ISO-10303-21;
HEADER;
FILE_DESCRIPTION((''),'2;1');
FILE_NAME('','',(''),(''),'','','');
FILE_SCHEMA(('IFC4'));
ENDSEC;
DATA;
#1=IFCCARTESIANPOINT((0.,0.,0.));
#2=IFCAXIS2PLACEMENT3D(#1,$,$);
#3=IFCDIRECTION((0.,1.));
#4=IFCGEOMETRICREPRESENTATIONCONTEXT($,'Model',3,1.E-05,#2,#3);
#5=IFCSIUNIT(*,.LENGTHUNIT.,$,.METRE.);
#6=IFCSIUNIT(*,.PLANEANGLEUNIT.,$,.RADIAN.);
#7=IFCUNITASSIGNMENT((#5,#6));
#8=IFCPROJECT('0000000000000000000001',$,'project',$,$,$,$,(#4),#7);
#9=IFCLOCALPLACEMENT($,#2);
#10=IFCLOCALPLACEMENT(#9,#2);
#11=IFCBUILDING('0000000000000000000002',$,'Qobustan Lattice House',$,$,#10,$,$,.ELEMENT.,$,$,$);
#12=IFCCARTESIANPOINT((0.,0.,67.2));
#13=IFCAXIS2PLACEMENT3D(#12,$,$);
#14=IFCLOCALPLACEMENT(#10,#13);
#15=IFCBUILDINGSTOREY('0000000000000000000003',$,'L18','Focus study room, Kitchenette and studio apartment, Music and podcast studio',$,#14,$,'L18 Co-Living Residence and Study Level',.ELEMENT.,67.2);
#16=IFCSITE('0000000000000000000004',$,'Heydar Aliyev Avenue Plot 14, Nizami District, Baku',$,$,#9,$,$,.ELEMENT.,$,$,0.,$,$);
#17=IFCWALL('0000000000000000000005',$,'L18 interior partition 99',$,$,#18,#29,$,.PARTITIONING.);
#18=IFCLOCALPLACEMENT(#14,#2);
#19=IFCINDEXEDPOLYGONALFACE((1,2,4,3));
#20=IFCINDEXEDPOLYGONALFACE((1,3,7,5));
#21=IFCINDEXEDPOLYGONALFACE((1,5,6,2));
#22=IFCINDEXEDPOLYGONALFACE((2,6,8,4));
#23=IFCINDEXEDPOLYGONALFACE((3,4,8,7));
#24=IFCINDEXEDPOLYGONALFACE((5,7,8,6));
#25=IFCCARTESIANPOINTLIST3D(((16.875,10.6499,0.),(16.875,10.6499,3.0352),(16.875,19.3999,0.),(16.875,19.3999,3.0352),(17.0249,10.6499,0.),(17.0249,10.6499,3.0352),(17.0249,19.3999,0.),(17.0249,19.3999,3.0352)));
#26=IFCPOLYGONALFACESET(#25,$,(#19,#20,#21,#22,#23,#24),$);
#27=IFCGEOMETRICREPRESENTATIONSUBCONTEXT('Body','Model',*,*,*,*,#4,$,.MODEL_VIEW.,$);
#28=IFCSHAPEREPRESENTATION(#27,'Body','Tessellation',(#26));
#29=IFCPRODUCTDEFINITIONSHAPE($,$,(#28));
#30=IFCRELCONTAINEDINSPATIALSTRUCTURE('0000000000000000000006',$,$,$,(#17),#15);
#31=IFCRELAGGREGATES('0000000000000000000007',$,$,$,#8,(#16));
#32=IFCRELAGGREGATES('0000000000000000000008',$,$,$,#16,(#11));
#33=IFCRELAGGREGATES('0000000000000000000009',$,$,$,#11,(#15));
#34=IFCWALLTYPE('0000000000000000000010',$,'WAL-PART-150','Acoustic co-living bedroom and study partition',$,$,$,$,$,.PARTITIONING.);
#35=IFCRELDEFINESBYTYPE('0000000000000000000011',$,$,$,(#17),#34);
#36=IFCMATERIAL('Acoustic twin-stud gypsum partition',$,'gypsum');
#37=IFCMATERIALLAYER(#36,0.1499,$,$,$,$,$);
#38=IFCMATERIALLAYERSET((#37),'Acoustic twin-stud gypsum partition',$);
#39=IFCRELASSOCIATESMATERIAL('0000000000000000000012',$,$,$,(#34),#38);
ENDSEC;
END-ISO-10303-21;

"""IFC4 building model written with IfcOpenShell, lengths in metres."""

from ifc_helpers import new_model, si_unit, direction, frame, frame_2d, origin, place, context, subcontext, project, spatial, rectangle, extrude, material, layer, layer_set, type_object, element, save


model = new_model("IFC4")

# Units and contexts
model_context = context("Model", 3, precision=1e-05, world=origin(), true_north=direction((0.0, 1.0)))
body_context = subcontext(model_context, "Body", "Model", "MODEL_VIEW")
ifc_project = project(units=[si_unit("LENGTHUNIT", "METRE"), si_unit("PLANEANGLEUNIT", "RADIAN")], contexts=[model_context])

# Site, building, storey
site_placement = place(None, origin())
site = spatial("IfcSite", under=ifc_project, at=site_placement, Name="Heydar Aliyev Avenue Plot 14, Nizami District, Baku", CompositionType="ELEMENT", RefElevation=0.0)
building_placement = place(site_placement, origin())
building = spatial("IfcBuilding", under=site, at=building_placement, Name="Qobustan Lattice House", CompositionType="ELEMENT")
storey_placement = place(building_placement, frame((0.0, 0.0, 67.2)))
storey = spatial("IfcBuildingStorey", under=building, at=storey_placement, Name="L18", Description="Focus study room, Kitchenette and studio apartment, Music and podcast studio", LongName="L18 Co-Living Residence and Study Level", CompositionType="ELEMENT", Elevation=67.2)

# Wall
ifc_material_1 = material(Name="Acoustic twin-stud gypsum partition", Category="gypsum")
ifc_layer_1 = layer(ifc_material_1, 0.1499)
ifc_layer_set_1 = layer_set([ifc_layer_1], Name="Acoustic twin-stud gypsum partition")
wall_type_1 = type_object("IfcWallType", Name="WAL-PART-150", Description="Acoustic co-living bedroom and study partition", PredefinedType="PARTITIONING", material=ifc_layer_set_1)
wall_1_placement = place(storey_placement, frame((16.95, 19.3999, 0.0), z_axis=(0.0, 0.0, 1.0), x_axis=(0.0, -1.0, 0.0)))
element("IfcWall", 1, at=wall_1_placement, inside=storey, type_object=wall_type_1, Name="L18 interior partition 99", PredefinedType="PARTITIONING", context=body_context, shape_type="SweptSolid", body=[
    extrude(rectangle(XDim=8.75, YDim=0.1499, at=frame_2d((4.375, 0.0))), origin(), (0.0, 0.0, 1.0), 3.0352),
])

save(model, "model.ifc")
